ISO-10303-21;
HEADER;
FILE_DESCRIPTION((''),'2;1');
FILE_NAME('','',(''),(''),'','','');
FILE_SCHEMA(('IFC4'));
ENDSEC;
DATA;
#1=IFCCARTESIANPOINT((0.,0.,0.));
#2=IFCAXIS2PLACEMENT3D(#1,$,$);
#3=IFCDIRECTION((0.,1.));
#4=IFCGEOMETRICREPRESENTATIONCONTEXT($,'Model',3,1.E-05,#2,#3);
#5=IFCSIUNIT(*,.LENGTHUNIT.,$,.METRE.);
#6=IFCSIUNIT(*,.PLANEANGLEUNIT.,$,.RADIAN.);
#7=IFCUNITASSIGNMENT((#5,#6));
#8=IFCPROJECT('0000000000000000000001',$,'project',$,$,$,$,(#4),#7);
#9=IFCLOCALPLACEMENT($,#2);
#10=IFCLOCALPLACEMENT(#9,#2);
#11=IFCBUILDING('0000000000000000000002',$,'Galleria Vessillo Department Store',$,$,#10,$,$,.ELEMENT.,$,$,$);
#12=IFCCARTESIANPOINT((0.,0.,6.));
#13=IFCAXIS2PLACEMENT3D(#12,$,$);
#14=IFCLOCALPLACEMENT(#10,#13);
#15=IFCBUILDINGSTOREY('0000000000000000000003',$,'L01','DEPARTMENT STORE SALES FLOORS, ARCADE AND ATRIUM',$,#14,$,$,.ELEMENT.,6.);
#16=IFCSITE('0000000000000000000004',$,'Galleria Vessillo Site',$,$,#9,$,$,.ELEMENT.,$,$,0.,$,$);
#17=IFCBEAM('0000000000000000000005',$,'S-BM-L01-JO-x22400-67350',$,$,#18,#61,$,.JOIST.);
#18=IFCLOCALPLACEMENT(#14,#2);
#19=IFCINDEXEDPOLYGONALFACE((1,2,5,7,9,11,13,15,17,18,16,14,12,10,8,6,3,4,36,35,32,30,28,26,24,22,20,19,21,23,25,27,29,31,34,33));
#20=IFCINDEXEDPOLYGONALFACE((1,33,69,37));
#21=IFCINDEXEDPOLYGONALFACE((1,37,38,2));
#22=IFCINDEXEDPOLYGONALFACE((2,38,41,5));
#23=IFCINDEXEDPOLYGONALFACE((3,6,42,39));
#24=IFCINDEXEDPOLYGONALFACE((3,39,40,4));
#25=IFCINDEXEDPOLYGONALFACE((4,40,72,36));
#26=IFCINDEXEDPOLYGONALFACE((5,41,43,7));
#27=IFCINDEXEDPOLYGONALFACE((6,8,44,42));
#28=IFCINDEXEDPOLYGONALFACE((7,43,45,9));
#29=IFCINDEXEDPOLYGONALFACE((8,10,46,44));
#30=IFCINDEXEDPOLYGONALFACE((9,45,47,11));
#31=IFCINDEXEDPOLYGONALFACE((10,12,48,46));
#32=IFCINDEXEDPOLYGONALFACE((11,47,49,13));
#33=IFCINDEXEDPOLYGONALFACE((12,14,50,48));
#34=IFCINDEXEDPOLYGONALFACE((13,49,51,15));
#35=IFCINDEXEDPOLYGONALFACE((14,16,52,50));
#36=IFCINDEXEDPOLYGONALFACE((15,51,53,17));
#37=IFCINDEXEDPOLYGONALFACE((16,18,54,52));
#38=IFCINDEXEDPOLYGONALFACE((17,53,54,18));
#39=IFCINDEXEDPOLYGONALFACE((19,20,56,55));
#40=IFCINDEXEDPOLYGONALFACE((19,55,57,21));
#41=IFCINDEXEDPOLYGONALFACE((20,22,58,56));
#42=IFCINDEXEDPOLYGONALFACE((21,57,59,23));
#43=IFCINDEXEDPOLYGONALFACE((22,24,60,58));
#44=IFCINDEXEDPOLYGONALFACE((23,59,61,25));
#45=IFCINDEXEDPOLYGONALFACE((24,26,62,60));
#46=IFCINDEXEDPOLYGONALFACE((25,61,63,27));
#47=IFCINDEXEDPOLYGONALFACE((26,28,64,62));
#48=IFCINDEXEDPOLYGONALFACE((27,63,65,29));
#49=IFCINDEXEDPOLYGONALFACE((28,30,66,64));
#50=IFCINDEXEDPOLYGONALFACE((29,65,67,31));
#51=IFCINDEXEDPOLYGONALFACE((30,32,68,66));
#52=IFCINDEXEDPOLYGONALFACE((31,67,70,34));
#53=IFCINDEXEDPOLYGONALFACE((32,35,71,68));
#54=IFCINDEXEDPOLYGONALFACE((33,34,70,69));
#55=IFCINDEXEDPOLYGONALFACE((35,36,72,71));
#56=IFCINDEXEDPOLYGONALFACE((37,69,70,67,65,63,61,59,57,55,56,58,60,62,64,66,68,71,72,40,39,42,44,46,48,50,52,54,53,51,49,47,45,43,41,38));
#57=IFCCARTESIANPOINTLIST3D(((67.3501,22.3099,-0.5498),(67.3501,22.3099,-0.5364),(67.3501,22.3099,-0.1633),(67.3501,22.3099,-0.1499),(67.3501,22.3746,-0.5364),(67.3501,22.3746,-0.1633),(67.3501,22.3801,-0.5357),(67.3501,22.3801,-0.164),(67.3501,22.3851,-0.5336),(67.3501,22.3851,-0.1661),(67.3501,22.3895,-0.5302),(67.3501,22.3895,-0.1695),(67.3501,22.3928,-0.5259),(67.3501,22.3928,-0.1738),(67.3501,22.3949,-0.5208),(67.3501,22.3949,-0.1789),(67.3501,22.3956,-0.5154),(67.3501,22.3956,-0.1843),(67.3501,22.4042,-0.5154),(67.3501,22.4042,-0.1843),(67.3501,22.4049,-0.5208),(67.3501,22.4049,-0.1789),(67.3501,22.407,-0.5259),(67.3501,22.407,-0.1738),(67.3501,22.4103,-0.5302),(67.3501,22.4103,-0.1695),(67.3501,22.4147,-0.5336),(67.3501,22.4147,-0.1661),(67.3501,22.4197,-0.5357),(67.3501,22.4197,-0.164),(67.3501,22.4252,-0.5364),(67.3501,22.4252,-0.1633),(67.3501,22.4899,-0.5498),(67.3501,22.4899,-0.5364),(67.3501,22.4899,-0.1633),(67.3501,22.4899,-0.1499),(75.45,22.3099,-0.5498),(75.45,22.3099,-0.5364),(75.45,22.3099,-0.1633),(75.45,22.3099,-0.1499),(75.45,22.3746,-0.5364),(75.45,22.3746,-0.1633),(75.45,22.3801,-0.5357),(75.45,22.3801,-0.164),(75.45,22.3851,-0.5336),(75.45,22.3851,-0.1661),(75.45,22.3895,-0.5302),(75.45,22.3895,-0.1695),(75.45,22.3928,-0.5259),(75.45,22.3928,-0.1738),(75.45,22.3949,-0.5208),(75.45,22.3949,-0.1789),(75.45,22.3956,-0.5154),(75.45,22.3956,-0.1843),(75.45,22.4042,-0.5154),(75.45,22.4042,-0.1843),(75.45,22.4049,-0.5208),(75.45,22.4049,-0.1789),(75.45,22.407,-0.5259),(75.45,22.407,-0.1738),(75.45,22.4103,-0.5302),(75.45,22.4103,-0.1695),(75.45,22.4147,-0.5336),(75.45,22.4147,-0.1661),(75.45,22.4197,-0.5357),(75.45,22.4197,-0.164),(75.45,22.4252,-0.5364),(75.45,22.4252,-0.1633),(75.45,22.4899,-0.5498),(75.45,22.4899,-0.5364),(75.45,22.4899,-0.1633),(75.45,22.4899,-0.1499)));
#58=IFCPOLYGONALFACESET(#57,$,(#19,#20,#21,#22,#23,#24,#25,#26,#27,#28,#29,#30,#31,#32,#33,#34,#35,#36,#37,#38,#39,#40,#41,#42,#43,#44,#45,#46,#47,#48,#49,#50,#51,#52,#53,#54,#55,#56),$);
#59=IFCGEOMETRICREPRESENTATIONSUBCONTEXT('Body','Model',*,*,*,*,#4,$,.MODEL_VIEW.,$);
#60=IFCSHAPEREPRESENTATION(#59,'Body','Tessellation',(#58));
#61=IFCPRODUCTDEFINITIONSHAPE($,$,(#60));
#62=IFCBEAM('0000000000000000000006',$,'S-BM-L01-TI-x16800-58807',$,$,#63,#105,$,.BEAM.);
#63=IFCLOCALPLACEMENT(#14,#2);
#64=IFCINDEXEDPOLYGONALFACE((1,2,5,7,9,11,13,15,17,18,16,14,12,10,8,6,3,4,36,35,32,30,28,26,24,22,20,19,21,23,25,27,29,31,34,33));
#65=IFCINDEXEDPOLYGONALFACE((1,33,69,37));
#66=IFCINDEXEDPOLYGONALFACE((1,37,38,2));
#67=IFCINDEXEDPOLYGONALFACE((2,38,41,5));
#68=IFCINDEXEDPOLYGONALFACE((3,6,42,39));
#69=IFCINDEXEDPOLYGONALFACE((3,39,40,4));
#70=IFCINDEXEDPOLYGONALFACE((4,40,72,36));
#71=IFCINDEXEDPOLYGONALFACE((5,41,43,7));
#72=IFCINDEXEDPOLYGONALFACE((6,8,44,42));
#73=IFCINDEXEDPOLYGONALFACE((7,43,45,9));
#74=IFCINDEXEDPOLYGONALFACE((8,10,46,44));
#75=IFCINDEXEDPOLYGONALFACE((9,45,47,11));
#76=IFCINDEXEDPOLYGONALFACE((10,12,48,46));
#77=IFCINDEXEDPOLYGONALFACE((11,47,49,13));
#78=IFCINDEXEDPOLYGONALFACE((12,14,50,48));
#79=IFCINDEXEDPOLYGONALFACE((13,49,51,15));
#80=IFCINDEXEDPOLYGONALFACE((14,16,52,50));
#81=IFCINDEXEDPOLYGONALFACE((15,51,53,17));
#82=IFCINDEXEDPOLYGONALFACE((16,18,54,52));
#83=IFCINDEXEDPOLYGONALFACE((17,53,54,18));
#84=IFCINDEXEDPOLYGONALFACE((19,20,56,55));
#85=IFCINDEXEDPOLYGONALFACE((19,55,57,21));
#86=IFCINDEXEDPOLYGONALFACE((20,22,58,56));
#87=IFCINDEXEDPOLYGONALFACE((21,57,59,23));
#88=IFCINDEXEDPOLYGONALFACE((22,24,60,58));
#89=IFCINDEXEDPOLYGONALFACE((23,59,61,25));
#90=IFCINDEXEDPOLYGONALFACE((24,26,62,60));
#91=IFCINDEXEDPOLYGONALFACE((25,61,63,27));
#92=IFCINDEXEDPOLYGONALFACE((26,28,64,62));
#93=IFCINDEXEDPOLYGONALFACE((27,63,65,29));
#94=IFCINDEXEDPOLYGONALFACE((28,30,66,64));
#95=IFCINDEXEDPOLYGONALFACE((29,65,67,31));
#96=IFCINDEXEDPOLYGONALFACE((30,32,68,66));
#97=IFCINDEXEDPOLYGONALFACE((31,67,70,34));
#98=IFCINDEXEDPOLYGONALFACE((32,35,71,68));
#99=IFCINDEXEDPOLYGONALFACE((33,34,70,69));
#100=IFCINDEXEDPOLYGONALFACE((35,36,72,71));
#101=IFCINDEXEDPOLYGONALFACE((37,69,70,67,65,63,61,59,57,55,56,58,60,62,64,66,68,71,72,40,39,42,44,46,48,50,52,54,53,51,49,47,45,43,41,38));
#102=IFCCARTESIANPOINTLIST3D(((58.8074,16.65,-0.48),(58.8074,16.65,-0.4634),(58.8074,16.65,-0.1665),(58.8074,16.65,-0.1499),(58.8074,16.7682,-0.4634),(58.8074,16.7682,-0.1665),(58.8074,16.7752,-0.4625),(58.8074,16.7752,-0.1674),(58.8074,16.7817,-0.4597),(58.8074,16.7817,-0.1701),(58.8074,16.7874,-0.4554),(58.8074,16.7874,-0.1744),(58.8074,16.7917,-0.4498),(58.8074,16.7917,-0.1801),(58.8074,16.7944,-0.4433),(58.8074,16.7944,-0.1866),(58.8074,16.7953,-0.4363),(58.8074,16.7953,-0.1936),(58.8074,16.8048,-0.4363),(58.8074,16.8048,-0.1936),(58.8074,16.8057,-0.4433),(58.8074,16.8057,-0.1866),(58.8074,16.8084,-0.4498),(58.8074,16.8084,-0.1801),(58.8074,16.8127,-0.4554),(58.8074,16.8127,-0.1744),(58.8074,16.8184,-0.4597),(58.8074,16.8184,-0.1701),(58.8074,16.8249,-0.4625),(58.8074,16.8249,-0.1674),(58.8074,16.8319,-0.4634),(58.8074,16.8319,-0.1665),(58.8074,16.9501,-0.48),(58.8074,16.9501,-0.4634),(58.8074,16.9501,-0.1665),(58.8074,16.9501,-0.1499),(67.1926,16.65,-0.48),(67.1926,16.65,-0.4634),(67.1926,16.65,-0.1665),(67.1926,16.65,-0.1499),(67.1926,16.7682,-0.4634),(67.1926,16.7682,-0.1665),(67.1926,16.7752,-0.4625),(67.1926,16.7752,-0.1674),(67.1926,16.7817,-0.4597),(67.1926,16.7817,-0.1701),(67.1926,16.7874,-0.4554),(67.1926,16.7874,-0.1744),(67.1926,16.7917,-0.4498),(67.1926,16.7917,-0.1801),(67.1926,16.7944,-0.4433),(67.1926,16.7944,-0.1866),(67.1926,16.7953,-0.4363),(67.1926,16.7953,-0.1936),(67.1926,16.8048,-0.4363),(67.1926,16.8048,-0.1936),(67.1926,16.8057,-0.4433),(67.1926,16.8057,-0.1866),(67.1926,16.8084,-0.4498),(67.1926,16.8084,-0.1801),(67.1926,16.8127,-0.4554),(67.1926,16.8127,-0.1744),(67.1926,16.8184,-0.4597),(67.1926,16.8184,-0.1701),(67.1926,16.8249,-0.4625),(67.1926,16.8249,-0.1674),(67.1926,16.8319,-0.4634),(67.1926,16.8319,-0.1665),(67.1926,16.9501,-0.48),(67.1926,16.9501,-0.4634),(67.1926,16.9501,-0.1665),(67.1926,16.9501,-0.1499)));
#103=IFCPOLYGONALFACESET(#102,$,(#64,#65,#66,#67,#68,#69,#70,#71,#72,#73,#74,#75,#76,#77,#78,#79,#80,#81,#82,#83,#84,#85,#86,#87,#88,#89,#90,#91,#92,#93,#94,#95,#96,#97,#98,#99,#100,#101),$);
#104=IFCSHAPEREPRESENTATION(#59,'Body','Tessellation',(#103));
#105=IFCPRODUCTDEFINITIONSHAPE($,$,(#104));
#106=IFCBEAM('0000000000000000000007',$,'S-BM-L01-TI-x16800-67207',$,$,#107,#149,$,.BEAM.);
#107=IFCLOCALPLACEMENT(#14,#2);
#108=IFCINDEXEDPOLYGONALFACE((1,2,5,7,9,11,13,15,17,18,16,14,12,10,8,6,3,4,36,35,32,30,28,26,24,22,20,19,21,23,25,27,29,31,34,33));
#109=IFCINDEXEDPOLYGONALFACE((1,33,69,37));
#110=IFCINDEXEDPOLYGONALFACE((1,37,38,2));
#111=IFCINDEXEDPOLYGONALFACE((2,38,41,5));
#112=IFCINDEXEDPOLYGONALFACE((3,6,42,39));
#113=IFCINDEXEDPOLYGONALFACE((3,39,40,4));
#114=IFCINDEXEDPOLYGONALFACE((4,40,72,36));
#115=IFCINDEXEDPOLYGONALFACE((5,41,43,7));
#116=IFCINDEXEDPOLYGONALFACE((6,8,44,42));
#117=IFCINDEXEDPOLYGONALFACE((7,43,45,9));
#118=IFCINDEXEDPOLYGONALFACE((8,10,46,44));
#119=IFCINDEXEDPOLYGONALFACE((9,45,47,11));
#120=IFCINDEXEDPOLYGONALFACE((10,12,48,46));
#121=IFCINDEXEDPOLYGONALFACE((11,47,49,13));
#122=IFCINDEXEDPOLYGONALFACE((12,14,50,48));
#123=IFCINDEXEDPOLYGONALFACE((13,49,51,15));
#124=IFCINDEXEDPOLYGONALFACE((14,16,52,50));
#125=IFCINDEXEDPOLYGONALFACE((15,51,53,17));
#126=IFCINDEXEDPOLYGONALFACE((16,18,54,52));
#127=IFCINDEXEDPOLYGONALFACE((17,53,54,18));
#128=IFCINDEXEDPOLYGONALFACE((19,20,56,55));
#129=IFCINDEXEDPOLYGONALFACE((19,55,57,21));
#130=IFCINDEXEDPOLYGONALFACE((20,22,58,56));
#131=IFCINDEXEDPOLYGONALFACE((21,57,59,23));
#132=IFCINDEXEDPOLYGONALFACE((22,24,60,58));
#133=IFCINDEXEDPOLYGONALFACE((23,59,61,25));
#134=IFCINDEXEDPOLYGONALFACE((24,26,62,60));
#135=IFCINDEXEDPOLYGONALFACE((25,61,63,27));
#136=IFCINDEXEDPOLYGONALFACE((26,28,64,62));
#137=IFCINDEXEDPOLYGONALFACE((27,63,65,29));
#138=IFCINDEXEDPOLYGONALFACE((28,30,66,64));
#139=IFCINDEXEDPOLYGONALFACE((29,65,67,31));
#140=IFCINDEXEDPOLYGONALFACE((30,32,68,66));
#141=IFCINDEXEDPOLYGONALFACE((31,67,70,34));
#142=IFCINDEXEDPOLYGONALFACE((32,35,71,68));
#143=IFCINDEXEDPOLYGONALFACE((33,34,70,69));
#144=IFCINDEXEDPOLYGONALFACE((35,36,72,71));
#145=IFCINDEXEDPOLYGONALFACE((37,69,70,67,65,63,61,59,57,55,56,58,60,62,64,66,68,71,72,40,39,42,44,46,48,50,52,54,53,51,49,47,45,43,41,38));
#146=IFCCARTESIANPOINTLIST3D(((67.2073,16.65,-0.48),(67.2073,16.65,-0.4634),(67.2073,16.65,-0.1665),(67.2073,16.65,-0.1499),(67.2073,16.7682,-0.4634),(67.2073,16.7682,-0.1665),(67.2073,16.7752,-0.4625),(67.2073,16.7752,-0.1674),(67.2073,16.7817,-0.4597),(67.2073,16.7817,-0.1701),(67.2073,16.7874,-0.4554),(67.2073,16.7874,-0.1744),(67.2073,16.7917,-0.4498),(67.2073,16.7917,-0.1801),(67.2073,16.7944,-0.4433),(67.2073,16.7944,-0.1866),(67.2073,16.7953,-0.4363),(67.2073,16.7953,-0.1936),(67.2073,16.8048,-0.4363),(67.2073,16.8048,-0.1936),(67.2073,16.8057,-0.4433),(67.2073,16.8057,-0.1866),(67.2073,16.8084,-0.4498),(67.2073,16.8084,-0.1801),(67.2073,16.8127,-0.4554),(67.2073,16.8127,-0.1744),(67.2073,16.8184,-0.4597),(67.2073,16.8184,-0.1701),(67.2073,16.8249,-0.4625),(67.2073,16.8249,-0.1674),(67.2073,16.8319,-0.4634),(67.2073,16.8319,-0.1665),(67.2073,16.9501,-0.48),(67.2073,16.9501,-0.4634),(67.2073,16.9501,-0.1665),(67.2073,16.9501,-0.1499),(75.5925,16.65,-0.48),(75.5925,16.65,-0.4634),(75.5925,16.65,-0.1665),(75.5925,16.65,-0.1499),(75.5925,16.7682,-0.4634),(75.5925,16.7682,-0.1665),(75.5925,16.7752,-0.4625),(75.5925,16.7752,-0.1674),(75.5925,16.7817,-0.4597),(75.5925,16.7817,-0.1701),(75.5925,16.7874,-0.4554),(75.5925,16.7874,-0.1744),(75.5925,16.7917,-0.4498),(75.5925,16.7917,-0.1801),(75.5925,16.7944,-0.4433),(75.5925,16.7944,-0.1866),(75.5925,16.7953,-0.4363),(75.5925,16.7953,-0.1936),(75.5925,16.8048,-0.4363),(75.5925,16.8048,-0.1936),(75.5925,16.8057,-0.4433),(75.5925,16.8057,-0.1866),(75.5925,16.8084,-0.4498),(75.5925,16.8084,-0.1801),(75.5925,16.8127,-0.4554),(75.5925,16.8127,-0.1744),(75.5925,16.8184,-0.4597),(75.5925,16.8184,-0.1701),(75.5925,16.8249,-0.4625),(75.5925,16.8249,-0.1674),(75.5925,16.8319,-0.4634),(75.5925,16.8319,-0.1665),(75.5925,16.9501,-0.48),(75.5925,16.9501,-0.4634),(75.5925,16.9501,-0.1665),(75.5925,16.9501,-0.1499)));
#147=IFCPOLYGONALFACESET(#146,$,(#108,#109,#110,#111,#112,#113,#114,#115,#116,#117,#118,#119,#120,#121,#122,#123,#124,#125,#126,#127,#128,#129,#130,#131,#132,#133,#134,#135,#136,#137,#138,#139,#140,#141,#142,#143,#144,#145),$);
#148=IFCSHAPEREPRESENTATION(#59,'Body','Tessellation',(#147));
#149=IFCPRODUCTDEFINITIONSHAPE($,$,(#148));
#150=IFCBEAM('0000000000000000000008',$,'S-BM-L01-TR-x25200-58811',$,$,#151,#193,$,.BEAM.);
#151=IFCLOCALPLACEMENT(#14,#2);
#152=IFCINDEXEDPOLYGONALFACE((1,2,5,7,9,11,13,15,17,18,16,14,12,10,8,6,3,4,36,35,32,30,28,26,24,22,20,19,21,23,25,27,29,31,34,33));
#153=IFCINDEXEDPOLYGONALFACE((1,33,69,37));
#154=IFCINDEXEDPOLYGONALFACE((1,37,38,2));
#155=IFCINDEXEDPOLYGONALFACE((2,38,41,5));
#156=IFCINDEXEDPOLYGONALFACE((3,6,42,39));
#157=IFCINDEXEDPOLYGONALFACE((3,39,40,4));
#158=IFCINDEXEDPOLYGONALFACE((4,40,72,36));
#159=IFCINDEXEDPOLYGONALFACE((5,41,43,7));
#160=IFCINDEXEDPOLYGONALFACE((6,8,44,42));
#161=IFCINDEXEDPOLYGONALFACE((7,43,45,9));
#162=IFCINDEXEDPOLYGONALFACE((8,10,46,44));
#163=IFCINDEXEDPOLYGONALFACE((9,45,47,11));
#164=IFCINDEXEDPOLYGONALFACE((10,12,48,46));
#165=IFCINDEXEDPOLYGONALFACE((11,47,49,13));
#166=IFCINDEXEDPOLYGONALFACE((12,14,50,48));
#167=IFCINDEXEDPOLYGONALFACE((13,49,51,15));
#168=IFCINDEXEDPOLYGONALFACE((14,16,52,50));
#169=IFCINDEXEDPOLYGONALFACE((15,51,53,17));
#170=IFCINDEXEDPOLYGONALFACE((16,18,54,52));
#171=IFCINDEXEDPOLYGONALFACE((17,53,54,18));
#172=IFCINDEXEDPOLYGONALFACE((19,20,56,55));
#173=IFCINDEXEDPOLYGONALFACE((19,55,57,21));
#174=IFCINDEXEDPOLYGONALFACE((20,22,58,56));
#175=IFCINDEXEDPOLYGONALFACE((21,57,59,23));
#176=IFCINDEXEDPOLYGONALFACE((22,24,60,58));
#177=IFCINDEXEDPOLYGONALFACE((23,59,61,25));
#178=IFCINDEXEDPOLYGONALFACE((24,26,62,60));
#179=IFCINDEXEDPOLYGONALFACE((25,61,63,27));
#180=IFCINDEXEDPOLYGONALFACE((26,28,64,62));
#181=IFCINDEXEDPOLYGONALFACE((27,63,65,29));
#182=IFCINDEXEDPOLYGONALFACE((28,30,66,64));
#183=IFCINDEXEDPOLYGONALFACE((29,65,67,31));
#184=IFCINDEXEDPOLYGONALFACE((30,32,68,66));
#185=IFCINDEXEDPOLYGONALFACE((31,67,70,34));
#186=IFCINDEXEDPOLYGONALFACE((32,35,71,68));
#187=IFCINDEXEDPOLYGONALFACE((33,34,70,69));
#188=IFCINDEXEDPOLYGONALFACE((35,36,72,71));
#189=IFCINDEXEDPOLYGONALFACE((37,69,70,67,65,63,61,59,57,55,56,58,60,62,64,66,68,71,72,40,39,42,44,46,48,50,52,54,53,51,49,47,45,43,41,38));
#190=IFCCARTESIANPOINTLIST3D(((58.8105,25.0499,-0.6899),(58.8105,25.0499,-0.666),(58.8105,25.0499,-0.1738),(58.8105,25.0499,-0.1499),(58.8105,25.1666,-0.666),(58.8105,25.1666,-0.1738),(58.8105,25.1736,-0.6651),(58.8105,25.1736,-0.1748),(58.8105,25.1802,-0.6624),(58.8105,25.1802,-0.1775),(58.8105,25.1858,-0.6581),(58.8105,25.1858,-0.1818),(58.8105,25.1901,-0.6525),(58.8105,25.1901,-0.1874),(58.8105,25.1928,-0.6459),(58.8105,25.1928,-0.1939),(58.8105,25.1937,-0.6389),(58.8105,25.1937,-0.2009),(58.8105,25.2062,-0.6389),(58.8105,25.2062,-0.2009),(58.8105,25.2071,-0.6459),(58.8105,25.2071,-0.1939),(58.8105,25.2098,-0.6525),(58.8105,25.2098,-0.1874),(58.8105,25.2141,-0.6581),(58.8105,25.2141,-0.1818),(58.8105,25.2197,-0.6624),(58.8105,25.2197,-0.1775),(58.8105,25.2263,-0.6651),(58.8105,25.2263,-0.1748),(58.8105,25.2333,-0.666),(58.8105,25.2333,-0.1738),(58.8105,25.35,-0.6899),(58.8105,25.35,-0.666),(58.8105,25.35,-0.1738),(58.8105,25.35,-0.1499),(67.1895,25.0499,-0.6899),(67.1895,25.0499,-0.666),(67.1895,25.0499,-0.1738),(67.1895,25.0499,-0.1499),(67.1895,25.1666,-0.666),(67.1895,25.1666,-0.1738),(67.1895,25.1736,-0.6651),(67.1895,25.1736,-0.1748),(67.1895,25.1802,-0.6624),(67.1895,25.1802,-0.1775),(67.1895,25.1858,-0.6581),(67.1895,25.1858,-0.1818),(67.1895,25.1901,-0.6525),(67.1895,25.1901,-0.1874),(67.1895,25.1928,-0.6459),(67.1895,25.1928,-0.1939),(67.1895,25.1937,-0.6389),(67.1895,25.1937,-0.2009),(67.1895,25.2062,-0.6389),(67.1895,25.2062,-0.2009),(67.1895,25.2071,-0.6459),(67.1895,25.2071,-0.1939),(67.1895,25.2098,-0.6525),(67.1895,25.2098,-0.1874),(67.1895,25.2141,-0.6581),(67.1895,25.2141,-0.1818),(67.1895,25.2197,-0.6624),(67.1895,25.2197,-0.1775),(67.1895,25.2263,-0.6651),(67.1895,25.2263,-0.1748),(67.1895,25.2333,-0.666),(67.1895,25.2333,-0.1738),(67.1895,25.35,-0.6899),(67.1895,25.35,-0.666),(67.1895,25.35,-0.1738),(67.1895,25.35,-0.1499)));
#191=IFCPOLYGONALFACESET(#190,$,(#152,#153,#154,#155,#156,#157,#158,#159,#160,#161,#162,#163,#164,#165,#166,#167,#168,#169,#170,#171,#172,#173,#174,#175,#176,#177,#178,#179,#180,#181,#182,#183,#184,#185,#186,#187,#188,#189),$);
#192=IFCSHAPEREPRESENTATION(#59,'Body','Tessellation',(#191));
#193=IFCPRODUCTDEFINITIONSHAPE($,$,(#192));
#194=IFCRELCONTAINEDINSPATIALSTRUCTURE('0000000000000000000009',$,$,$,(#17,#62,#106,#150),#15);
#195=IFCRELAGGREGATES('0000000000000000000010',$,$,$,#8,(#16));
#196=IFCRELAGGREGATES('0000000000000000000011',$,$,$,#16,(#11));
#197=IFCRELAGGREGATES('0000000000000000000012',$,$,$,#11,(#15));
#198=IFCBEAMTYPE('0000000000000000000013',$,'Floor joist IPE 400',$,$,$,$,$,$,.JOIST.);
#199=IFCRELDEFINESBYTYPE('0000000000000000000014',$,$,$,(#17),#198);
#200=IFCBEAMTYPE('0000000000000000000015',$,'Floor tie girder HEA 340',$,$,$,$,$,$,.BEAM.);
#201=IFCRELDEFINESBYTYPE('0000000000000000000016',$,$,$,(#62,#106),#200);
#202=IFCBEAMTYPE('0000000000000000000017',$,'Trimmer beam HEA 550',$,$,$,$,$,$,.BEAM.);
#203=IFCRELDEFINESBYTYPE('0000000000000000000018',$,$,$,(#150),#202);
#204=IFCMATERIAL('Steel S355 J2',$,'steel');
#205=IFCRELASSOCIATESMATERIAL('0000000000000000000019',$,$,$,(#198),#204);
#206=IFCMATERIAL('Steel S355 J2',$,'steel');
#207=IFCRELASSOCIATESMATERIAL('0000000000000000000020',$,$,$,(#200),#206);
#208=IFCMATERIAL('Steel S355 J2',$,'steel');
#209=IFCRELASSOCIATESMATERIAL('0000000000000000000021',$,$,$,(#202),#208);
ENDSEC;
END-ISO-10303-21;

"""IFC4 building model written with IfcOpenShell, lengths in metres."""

from ifc_helpers import new_model, si_unit, direction, frame, origin, origin_2d, place, context, subcontext, project, spatial, i_section, extrude, material, material_profile, profile_set, type_object, element, save


model = new_model("IFC4")

# Units and contexts
model_context = context("Model", 3, precision=1e-05, world=origin(), true_north=direction((0.0, 1.0)))
body_context = subcontext(model_context, "Body", "Model", "MODEL_VIEW")
ifc_project = project(units=[si_unit("LENGTHUNIT", "METRE"), si_unit("PLANEANGLEUNIT", "RADIAN")], contexts=[model_context])

# Site, building, storey
site_placement = place(None, origin())
site = spatial("IfcSite", under=ifc_project, at=site_placement, Name="Galleria Vessillo Site", CompositionType="ELEMENT", RefElevation=0.0)
building_placement = place(site_placement, origin())
building = spatial("IfcBuilding", under=site, at=building_placement, Name="Galleria Vessillo Department Store", CompositionType="ELEMENT")
storey_placement = place(building_placement, frame((0.0, 0.0, 6.0)))
storey = spatial("IfcBuildingStorey", under=building, at=storey_placement, Name="L01", Description="DEPARTMENT STORE SALES FLOORS, ARCADE AND ATRIUM", CompositionType="ELEMENT", Elevation=6.0)

# Beams
ifc_material_1 = material(Name="Steel S355 J2", Category="steel")
ifc_material_profile_1 = material_profile(ifc_material_1, i_section(OverallWidth=0.1799, OverallDepth=0.3999, WebThickness=0.0085, FlangeThickness=0.0134, FilletRadius=0.021, at=origin_2d()), Name="IPE 400")
ifc_profile_set_1 = profile_set([ifc_material_profile_1], Name="Steel S355 J2")
beam_type_1 = type_object("IfcBeamType", Name="Floor joist IPE 400", PredefinedType="JOIST", material=ifc_profile_set_1)
for number, where, z_axis, x_axis, name in (
    (1, (67.3501, 22.3999, -0.3499), (1.0, 0.0, 0.0), (0.0, 1.0, 0.0), "S-BM-L01-JO-x22400-67350"),
):
    element("IfcBeam", number, at=place(storey_placement, frame(where, z_axis=z_axis, x_axis=x_axis)), inside=storey, type_object=beam_type_1, Name=name, PredefinedType="JOIST", context=body_context, shape_type="SweptSolid", body=[
        extrude(i_section(OverallWidth=0.1799, OverallDepth=0.3999, WebThickness=0.0085, FlangeThickness=0.0134, FilletRadius=0.021, at=origin_2d()), origin(), (0.0, 0.0, 1.0), 8.0999),
    ])
ifc_material_2 = material(Name="Steel S355 J2", Category="steel")
ifc_material_profile_2 = material_profile(ifc_material_2, i_section(OverallWidth=0.3, OverallDepth=0.3301, WebThickness=0.0095, FlangeThickness=0.0166, FilletRadius=0.0271, at=origin_2d()), Name="HEA 340")
ifc_profile_set_2 = profile_set([ifc_material_profile_2], Name="Steel S355 J2")
beam_type_2 = type_object("IfcBeamType", Name="Floor tie girder HEA 340", PredefinedType="BEAM", material=ifc_profile_set_2)
for number, where, z_axis, x_axis, name in (
    (2, (58.8074, 16.8, -0.3149), (1.0, 0.0, 0.0), (0.0, 1.0, 0.0), "S-BM-L01-TI-x16800-58807"),
    (3, (67.2073, 16.8, -0.3149), (1.0, 0.0, 0.0), (0.0, 1.0, 0.0), "S-BM-L01-TI-x16800-67207"),
):
    element("IfcBeam", number, at=place(storey_placement, frame(where, z_axis=z_axis, x_axis=x_axis)), inside=storey, type_object=beam_type_2, Name=name, PredefinedType="BEAM", context=body_context, shape_type="SweptSolid", body=[
        extrude(i_section(OverallWidth=0.3, OverallDepth=0.3301, WebThickness=0.0095, FlangeThickness=0.0166, FilletRadius=0.0271, at=origin_2d()), origin(), (0.0, 0.0, 1.0), 8.3853),
    ])
ifc_material_3 = material(Name="Steel S355 J2", Category="steel")
ifc_material_profile_3 = material_profile(ifc_material_3, i_section(OverallWidth=0.3, OverallDepth=0.54, WebThickness=0.0125, FlangeThickness=0.0239, FilletRadius=0.0271, at=origin_2d()), Name="HEA 550")
ifc_profile_set_3 = profile_set([ifc_material_profile_3], Name="Steel S355 J2")
beam_type_3 = type_object("IfcBeamType", Name="Trimmer beam HEA 550", PredefinedType="BEAM", material=ifc_profile_set_3)
beam_1_placement = place(storey_placement, frame((58.8105, 25.2, -0.4199), z_axis=(1.0, 0.0, 0.0), x_axis=(0.0, 1.0, 0.0)))
element("IfcBeam", 4, at=beam_1_placement, inside=storey, type_object=beam_type_3, Name="S-BM-L01-TR-x25200-58811", PredefinedType="BEAM", context=body_context, shape_type="SweptSolid", body=[
    extrude(i_section(OverallWidth=0.3, OverallDepth=0.54, WebThickness=0.0125, FlangeThickness=0.0239, FilletRadius=0.0271, at=origin_2d()), origin(), (0.0, 0.0, 1.0), 8.3789),
])

save(model, "model.ifc")
